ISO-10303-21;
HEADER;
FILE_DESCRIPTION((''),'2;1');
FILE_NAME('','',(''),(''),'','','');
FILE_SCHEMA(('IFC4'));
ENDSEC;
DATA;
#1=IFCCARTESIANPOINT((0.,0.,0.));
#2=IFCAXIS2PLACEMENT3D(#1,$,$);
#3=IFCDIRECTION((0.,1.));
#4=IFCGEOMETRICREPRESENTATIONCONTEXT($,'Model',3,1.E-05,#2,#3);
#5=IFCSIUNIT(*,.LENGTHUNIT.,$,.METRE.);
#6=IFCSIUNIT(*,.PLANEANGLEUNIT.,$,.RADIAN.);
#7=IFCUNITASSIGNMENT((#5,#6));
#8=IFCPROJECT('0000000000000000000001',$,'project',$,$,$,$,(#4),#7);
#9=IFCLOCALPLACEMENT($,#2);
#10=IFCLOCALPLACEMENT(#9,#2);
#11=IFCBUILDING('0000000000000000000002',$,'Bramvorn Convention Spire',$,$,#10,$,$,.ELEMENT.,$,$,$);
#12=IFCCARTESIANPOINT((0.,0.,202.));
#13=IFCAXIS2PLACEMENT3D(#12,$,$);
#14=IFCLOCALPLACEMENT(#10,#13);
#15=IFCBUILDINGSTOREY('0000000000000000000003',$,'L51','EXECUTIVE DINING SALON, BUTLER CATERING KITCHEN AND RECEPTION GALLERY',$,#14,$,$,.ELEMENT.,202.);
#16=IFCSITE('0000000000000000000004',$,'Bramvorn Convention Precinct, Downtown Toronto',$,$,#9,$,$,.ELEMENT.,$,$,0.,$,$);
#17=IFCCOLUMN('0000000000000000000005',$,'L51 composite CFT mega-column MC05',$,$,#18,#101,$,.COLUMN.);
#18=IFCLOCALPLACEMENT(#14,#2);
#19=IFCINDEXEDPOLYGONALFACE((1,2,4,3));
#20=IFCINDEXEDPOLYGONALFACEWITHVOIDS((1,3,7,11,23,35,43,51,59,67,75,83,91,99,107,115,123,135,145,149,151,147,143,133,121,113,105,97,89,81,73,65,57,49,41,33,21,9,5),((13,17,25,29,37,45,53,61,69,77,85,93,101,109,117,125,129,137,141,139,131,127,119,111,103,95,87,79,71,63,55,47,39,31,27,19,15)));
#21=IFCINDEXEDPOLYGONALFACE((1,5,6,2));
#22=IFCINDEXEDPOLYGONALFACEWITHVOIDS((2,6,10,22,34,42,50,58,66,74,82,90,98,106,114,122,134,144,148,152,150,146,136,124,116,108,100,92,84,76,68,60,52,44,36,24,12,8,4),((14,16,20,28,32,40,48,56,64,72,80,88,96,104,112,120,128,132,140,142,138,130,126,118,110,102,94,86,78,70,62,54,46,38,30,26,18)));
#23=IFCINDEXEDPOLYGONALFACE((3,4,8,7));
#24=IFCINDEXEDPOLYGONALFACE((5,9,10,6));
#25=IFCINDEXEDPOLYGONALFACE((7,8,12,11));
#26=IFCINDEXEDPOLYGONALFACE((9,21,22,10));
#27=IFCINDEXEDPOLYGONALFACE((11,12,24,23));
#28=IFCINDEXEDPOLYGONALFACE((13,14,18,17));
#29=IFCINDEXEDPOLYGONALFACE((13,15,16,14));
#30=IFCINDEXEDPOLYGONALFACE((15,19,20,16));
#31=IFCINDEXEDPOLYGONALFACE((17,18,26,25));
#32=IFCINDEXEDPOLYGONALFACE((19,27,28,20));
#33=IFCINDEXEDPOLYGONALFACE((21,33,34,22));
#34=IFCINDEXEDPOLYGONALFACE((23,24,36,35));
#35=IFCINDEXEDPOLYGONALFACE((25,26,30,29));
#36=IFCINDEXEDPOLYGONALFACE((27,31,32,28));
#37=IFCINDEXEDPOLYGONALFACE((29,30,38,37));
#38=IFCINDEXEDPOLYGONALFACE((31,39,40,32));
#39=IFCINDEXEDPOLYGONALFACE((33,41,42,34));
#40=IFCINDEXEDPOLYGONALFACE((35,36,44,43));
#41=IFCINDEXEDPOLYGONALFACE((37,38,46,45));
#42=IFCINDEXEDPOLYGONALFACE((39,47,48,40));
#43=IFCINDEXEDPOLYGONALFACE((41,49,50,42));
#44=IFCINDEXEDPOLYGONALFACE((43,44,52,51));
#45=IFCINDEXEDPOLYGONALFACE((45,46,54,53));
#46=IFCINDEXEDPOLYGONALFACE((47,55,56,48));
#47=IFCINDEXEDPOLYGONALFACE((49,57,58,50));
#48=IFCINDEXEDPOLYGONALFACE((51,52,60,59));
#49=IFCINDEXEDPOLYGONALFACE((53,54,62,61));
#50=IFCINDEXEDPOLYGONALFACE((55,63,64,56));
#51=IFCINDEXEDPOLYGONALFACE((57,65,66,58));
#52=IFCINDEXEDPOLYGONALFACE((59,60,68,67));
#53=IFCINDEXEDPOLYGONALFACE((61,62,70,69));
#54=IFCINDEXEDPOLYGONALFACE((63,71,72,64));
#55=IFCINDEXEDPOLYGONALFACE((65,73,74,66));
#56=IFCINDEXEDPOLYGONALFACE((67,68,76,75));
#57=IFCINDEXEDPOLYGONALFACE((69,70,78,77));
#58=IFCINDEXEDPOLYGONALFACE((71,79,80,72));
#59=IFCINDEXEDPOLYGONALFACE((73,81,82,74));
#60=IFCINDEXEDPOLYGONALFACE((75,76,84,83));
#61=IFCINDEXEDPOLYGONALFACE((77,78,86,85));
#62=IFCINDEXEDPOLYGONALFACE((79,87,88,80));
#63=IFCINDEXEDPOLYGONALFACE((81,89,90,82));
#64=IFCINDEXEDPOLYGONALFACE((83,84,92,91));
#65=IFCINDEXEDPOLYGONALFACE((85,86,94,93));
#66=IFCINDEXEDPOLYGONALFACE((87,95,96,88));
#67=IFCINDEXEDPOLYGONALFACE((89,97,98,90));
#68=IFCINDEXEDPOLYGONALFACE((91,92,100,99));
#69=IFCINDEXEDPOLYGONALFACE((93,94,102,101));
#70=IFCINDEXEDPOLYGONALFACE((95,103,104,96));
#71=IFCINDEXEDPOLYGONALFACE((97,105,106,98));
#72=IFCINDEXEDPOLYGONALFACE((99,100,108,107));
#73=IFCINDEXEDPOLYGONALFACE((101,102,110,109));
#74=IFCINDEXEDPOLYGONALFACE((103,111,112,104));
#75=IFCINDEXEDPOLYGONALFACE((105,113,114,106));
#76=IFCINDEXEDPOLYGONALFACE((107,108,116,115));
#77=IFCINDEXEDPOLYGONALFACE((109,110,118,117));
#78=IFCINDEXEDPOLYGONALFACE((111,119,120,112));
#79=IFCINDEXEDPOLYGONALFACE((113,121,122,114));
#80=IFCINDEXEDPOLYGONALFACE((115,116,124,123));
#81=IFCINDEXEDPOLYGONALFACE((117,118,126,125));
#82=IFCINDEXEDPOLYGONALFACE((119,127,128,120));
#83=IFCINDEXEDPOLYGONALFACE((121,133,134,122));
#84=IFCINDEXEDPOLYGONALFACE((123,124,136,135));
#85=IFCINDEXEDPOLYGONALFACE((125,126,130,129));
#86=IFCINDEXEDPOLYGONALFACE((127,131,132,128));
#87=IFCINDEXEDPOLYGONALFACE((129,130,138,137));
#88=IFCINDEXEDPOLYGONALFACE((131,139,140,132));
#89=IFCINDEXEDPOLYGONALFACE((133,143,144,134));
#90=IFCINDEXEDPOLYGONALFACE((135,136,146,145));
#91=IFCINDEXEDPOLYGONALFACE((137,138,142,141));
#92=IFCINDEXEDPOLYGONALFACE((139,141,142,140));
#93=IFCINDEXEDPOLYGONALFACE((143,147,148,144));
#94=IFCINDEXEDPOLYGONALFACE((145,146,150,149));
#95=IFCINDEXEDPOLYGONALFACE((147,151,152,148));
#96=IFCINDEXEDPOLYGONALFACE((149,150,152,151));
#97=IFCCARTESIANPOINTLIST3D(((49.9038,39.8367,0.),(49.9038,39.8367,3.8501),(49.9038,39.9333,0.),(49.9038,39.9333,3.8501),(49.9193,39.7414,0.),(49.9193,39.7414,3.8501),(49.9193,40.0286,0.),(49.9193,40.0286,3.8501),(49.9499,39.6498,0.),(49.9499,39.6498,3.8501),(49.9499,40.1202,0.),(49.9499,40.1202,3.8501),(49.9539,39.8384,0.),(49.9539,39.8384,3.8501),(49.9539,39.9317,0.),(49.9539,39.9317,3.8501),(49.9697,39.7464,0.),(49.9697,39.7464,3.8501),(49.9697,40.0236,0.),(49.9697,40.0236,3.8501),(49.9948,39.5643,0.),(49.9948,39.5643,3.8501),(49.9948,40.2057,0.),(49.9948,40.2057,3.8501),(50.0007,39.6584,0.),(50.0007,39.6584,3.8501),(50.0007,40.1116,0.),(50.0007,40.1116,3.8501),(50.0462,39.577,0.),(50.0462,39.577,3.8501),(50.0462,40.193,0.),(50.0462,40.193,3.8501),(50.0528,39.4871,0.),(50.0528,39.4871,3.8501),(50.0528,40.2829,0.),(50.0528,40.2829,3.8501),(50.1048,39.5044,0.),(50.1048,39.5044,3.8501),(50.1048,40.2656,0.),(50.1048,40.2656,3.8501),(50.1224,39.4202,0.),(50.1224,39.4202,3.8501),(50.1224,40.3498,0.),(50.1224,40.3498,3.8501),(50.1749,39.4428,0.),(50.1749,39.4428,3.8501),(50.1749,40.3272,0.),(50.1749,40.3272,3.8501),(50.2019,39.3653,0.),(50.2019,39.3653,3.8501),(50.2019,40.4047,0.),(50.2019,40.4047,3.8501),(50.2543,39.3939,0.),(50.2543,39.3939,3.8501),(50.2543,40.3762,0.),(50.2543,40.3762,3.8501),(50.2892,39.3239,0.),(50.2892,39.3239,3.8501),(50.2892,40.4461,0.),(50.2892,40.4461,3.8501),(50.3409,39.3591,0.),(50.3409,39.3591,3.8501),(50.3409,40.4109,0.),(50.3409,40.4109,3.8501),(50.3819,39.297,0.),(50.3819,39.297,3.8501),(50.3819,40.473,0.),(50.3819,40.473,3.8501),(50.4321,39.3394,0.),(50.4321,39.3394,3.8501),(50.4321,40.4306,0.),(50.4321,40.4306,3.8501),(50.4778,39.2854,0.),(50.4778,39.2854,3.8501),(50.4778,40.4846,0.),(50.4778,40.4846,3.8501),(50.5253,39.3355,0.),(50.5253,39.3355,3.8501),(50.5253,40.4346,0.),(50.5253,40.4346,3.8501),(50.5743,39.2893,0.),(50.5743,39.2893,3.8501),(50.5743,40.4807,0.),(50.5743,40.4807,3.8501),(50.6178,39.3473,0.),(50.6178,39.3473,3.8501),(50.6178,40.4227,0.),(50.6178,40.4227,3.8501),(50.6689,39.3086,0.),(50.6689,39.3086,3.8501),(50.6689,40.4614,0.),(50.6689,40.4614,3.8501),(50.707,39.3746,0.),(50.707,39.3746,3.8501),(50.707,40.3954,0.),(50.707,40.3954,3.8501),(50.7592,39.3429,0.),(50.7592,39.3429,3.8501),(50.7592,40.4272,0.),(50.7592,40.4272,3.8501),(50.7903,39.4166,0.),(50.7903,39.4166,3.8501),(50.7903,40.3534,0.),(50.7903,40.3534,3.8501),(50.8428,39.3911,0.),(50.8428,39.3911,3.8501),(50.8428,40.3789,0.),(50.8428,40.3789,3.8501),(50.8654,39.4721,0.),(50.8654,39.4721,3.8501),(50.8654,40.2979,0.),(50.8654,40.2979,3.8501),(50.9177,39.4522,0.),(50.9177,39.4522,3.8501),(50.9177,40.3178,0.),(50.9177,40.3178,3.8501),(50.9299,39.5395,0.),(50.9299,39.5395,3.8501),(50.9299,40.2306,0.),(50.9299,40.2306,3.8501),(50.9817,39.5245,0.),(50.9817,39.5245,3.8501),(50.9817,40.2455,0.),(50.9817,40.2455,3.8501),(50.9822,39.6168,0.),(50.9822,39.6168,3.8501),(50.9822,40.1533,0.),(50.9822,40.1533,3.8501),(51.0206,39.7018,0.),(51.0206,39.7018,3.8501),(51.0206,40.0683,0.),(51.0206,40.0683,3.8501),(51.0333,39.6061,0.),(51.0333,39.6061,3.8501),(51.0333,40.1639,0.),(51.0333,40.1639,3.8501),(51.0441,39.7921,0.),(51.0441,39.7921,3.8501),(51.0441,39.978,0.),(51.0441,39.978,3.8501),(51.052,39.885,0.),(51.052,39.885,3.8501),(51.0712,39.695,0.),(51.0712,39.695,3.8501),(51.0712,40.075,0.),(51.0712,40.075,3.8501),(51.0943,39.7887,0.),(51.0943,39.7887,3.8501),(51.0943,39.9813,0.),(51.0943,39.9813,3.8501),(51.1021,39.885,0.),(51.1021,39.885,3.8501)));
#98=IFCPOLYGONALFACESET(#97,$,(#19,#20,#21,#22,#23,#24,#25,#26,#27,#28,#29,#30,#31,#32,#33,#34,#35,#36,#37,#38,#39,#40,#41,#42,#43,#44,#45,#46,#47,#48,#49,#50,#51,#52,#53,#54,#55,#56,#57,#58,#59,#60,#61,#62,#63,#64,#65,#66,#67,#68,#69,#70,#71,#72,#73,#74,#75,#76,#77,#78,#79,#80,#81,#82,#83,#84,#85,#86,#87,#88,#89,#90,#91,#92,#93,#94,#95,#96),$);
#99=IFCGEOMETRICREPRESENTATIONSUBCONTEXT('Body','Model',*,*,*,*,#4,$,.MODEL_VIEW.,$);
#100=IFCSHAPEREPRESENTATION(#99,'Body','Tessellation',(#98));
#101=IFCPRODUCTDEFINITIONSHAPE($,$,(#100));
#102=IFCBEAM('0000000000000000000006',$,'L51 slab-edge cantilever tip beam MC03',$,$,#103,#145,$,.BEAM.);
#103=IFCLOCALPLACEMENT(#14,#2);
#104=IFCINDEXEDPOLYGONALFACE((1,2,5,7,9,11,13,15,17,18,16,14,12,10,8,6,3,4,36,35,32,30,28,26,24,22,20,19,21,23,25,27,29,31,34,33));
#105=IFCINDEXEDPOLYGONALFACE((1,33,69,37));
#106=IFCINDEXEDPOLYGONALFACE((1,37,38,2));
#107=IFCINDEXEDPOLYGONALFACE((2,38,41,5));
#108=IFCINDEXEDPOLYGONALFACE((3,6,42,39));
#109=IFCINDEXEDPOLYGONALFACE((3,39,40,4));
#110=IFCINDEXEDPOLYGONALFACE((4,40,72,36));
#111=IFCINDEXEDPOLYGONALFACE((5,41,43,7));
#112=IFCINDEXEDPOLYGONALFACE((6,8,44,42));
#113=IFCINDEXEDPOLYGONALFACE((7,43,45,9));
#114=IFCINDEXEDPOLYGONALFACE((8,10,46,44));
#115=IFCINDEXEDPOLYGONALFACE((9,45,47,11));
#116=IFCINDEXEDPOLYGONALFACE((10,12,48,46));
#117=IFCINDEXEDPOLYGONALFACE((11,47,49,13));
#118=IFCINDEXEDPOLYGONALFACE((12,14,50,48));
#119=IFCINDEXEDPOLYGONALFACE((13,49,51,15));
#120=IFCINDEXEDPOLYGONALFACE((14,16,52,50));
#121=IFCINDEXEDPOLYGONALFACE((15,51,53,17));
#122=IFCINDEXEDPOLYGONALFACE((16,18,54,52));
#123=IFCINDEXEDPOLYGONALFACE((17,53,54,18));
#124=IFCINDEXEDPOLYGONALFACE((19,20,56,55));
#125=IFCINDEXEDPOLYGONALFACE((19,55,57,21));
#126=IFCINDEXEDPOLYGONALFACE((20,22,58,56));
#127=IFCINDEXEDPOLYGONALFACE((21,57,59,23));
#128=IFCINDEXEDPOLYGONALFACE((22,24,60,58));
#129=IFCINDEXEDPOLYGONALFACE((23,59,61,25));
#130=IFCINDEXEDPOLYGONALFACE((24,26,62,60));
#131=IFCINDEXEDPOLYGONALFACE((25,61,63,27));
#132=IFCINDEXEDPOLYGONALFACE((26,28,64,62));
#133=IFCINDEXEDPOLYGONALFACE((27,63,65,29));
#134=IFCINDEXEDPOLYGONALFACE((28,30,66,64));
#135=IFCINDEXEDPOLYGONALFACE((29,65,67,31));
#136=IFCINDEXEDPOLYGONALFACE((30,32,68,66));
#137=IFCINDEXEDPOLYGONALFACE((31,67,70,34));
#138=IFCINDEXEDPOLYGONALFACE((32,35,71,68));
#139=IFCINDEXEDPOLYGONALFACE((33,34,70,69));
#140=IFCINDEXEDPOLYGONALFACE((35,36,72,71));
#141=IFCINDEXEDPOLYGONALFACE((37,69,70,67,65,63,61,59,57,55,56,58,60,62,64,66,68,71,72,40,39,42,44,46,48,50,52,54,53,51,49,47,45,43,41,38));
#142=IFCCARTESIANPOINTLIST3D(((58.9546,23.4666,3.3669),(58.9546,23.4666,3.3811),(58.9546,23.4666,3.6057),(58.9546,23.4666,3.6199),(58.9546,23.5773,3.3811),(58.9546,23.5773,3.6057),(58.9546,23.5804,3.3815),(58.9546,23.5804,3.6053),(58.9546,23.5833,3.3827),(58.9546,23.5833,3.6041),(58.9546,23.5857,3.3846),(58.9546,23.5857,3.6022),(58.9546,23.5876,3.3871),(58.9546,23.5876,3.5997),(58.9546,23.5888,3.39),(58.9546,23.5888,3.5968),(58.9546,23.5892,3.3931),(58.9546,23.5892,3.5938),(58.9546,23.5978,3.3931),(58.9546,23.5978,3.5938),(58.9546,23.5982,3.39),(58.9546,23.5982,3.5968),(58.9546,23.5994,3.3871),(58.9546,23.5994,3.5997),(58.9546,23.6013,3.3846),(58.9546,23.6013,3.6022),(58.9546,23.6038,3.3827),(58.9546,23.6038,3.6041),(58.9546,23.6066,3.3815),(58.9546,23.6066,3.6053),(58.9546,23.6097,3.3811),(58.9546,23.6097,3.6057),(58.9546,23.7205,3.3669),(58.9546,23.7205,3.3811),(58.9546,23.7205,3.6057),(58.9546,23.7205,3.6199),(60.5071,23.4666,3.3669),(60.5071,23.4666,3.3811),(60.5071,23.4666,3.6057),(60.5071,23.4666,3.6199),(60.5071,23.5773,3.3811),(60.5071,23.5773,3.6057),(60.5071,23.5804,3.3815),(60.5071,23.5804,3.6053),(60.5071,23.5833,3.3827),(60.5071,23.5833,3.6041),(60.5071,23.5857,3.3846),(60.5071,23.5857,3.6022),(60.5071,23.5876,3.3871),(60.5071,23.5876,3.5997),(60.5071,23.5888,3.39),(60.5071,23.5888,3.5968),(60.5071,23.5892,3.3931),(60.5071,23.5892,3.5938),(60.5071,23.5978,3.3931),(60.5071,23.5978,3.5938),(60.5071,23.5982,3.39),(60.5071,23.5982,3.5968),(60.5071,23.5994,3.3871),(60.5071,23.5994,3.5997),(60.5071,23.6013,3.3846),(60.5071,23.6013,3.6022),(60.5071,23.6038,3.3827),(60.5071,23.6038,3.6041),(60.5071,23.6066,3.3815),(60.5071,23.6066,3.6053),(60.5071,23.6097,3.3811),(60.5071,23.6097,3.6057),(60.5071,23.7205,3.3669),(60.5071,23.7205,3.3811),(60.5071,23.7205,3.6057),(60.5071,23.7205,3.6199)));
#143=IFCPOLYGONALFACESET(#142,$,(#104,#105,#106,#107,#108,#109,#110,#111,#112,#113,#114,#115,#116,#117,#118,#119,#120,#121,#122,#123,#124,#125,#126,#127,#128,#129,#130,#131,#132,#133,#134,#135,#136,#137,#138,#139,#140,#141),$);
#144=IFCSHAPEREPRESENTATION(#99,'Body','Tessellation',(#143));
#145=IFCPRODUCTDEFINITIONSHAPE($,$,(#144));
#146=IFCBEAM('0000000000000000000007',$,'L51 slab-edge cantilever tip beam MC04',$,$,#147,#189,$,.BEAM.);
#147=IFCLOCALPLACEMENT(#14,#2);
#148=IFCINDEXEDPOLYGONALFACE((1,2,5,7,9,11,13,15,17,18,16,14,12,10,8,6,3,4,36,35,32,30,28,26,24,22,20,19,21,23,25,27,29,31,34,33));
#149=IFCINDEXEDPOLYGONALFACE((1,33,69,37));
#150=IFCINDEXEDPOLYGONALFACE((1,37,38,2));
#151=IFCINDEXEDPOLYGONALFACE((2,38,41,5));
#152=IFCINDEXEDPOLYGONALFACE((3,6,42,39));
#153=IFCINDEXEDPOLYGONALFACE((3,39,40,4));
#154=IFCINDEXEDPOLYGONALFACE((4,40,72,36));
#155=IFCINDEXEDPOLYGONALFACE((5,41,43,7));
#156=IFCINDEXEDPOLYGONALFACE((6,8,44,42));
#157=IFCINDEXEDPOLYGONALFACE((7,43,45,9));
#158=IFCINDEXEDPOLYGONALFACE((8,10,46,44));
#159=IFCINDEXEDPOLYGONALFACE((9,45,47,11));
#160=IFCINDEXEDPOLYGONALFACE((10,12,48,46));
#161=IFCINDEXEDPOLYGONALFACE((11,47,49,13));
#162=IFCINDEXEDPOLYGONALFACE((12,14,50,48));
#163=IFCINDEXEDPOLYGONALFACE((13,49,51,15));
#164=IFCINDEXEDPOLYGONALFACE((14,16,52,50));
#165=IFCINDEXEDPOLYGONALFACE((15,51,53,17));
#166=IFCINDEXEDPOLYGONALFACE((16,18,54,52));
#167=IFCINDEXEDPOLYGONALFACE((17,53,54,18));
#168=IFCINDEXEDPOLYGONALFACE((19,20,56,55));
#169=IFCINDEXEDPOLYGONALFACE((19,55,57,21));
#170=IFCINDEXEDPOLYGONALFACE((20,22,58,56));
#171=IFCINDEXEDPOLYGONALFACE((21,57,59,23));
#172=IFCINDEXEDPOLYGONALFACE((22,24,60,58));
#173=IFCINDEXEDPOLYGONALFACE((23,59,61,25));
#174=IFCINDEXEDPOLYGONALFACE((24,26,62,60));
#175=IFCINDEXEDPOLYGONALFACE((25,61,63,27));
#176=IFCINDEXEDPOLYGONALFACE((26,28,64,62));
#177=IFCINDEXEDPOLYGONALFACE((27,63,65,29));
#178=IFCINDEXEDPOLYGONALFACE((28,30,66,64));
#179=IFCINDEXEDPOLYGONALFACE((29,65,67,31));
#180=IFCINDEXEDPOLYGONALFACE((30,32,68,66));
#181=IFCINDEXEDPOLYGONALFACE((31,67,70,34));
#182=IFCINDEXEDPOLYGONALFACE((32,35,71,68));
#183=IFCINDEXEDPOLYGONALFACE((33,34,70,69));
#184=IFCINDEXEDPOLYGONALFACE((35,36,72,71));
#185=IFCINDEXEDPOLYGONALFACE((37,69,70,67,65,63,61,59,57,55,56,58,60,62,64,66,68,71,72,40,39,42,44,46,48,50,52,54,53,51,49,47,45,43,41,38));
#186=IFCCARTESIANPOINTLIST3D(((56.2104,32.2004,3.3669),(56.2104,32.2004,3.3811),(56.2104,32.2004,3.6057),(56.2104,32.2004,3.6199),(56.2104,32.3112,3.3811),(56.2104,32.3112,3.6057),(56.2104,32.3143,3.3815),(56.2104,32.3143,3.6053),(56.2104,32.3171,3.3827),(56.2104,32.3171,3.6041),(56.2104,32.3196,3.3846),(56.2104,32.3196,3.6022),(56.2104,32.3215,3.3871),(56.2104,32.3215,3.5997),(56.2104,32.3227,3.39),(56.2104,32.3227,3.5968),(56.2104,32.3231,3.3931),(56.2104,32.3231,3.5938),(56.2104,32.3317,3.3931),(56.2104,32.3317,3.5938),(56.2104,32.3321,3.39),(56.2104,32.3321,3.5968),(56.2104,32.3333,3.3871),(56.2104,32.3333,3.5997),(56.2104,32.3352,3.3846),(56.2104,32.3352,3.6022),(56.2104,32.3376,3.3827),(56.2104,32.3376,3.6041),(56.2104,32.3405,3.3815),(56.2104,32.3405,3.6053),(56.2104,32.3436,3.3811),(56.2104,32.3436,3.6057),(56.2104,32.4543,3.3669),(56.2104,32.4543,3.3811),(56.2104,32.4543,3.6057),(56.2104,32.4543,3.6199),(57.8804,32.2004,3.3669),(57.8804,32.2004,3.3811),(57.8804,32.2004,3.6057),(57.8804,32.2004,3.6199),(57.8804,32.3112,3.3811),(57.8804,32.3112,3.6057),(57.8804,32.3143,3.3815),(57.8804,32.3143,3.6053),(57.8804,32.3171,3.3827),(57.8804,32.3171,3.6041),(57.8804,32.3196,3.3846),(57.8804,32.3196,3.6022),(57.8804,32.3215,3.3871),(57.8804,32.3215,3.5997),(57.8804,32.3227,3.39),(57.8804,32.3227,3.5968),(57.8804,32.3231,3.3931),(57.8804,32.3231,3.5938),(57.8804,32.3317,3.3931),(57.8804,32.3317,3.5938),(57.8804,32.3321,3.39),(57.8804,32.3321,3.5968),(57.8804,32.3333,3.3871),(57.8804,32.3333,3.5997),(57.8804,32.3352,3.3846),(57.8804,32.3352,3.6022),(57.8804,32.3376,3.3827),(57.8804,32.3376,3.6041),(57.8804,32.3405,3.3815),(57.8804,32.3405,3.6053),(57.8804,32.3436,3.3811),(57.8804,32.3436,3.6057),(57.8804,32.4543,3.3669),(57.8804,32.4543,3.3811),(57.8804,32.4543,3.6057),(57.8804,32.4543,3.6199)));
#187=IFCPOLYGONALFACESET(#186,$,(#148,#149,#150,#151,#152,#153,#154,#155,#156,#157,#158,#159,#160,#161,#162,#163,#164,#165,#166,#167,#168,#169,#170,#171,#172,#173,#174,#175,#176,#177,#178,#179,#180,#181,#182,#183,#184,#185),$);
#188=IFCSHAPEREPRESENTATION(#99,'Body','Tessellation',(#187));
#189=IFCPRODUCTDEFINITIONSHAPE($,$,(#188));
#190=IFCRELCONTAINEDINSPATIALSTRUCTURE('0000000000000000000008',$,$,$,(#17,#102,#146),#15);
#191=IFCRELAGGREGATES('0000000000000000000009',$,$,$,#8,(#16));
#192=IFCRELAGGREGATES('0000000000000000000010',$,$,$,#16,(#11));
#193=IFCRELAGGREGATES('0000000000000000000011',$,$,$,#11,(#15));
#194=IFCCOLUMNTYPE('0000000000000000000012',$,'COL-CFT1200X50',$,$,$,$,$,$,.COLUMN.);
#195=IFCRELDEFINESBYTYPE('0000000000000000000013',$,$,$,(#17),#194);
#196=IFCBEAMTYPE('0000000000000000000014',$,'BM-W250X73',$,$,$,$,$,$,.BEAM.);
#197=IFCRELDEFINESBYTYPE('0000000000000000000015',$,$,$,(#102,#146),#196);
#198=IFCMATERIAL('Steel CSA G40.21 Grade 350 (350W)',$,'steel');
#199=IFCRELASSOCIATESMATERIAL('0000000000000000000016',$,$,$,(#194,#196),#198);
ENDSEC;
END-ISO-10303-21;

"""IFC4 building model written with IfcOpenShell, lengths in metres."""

from ifc_helpers import new_model, si_unit, direction, frame, origin, origin_2d, place, context, subcontext, project, spatial, hollow_circle, i_section, extrude, material, material_profile, profile_set, type_object, element, save


model = new_model("IFC4")

# Units and contexts
model_context = context("Model", 3, precision=1e-05, world=origin(), true_north=direction((0.0, 1.0)))
body_context = subcontext(model_context, "Body", "Model", "MODEL_VIEW")
ifc_project = project(units=[si_unit("LENGTHUNIT", "METRE"), si_unit("PLANEANGLEUNIT", "RADIAN")], contexts=[model_context])

# Site, building, storey
site_placement = place(None, origin())
site = spatial("IfcSite", under=ifc_project, at=site_placement, Name="Bramvorn Convention Precinct, Downtown Toronto", CompositionType="ELEMENT", RefElevation=0.0)
building_placement = place(site_placement, origin())
building = spatial("IfcBuilding", under=site, at=building_placement, Name="Bramvorn Convention Spire", CompositionType="ELEMENT")
storey_placement = place(building_placement, frame((0.0, 0.0, 202.0)))
storey = spatial("IfcBuildingStorey", under=building, at=storey_placement, Name="L51", Description="EXECUTIVE DINING SALON, BUTLER CATERING KITCHEN AND RECEPTION GALLERY", CompositionType="ELEMENT", Elevation=202.0)

# Column
ifc_material_1 = material(Name="Steel CSA G40.21 Grade 350 (350W)", Category="steel")
ifc_material_profile_1 = material_profile(ifc_material_1, hollow_circle(Radius=0.6001, WallThickness=0.05, at=origin_2d()))
ifc_profile_set_1 = profile_set([ifc_material_profile_1], Name="Steel CSA G40.21 Grade 350 (350W) - CFT1200X50")
column_type = type_object("IfcColumnType", Name="COL-CFT1200X50", PredefinedType="COLUMN", material=ifc_profile_set_1)
for number, where, z_axis, x_axis, name in (
    (1, (50.502, 39.885, 0.0), (0.0, 0.0, 1.0), (1.0, 0.0, 0.0), "L51 composite CFT mega-column MC05"),
):
    element("IfcColumn", number, at=place(storey_placement, frame(where, z_axis=z_axis, x_axis=x_axis)), inside=storey, type_object=column_type, Name=name, PredefinedType="COLUMN", context=body_context, shape_type="SweptSolid", body=[
        extrude(hollow_circle(Radius=0.6001, WallThickness=0.05, at=origin_2d()), origin(), (0.0, 0.0, 1.0), 3.8501),
    ])

# Beams
ifc_material_profile_2 = material_profile(ifc_material_1, i_section(OverallWidth=0.2539, OverallDepth=0.2529, WebThickness=0.0085, FlangeThickness=0.0142, FilletRadius=0.012, at=origin_2d()))
ifc_profile_set_2 = profile_set([ifc_material_profile_2], Name="Steel CSA G40.21 Grade 350 (350W) - W250X73")
beam_type_1 = type_object("IfcBeamType", Name="BM-W250X73", PredefinedType="BEAM", material=ifc_profile_set_2)
beam_1_placement = place(storey_placement, frame((58.9546, 23.5935, 3.4934), z_axis=(1.0, 0.0, 0.0), x_axis=(0.0, 1.0, 0.0)))
element("IfcBeam", 2, at=beam_1_placement, inside=storey, type_object=beam_type_1, Name="L51 slab-edge cantilever tip beam MC03", PredefinedType="BEAM", context=body_context, shape_type="SweptSolid", body=[
    extrude(i_section(OverallWidth=0.2539, OverallDepth=0.2529, WebThickness=0.0085, FlangeThickness=0.0142, FilletRadius=0.012, at=origin_2d()), origin(), (0.0, 0.0, 1.0), 1.5525),
])
beam_2_placement = place(storey_placement, frame((56.2104, 32.3274, 3.4934), z_axis=(1.0, 0.0, 0.0), x_axis=(0.0, 1.0, 0.0)))
element("IfcBeam", 3, at=beam_2_placement, inside=storey, type_object=beam_type_1, Name="L51 slab-edge cantilever tip beam MC04", PredefinedType="BEAM", context=body_context, shape_type="SweptSolid", body=[
    extrude(i_section(OverallWidth=0.2539, OverallDepth=0.2529, WebThickness=0.0085, FlangeThickness=0.0142, FilletRadius=0.012, at=origin_2d()), origin(), (0.0, 0.0, 1.0), 1.6699),
])

save(model, "model.ifc")
